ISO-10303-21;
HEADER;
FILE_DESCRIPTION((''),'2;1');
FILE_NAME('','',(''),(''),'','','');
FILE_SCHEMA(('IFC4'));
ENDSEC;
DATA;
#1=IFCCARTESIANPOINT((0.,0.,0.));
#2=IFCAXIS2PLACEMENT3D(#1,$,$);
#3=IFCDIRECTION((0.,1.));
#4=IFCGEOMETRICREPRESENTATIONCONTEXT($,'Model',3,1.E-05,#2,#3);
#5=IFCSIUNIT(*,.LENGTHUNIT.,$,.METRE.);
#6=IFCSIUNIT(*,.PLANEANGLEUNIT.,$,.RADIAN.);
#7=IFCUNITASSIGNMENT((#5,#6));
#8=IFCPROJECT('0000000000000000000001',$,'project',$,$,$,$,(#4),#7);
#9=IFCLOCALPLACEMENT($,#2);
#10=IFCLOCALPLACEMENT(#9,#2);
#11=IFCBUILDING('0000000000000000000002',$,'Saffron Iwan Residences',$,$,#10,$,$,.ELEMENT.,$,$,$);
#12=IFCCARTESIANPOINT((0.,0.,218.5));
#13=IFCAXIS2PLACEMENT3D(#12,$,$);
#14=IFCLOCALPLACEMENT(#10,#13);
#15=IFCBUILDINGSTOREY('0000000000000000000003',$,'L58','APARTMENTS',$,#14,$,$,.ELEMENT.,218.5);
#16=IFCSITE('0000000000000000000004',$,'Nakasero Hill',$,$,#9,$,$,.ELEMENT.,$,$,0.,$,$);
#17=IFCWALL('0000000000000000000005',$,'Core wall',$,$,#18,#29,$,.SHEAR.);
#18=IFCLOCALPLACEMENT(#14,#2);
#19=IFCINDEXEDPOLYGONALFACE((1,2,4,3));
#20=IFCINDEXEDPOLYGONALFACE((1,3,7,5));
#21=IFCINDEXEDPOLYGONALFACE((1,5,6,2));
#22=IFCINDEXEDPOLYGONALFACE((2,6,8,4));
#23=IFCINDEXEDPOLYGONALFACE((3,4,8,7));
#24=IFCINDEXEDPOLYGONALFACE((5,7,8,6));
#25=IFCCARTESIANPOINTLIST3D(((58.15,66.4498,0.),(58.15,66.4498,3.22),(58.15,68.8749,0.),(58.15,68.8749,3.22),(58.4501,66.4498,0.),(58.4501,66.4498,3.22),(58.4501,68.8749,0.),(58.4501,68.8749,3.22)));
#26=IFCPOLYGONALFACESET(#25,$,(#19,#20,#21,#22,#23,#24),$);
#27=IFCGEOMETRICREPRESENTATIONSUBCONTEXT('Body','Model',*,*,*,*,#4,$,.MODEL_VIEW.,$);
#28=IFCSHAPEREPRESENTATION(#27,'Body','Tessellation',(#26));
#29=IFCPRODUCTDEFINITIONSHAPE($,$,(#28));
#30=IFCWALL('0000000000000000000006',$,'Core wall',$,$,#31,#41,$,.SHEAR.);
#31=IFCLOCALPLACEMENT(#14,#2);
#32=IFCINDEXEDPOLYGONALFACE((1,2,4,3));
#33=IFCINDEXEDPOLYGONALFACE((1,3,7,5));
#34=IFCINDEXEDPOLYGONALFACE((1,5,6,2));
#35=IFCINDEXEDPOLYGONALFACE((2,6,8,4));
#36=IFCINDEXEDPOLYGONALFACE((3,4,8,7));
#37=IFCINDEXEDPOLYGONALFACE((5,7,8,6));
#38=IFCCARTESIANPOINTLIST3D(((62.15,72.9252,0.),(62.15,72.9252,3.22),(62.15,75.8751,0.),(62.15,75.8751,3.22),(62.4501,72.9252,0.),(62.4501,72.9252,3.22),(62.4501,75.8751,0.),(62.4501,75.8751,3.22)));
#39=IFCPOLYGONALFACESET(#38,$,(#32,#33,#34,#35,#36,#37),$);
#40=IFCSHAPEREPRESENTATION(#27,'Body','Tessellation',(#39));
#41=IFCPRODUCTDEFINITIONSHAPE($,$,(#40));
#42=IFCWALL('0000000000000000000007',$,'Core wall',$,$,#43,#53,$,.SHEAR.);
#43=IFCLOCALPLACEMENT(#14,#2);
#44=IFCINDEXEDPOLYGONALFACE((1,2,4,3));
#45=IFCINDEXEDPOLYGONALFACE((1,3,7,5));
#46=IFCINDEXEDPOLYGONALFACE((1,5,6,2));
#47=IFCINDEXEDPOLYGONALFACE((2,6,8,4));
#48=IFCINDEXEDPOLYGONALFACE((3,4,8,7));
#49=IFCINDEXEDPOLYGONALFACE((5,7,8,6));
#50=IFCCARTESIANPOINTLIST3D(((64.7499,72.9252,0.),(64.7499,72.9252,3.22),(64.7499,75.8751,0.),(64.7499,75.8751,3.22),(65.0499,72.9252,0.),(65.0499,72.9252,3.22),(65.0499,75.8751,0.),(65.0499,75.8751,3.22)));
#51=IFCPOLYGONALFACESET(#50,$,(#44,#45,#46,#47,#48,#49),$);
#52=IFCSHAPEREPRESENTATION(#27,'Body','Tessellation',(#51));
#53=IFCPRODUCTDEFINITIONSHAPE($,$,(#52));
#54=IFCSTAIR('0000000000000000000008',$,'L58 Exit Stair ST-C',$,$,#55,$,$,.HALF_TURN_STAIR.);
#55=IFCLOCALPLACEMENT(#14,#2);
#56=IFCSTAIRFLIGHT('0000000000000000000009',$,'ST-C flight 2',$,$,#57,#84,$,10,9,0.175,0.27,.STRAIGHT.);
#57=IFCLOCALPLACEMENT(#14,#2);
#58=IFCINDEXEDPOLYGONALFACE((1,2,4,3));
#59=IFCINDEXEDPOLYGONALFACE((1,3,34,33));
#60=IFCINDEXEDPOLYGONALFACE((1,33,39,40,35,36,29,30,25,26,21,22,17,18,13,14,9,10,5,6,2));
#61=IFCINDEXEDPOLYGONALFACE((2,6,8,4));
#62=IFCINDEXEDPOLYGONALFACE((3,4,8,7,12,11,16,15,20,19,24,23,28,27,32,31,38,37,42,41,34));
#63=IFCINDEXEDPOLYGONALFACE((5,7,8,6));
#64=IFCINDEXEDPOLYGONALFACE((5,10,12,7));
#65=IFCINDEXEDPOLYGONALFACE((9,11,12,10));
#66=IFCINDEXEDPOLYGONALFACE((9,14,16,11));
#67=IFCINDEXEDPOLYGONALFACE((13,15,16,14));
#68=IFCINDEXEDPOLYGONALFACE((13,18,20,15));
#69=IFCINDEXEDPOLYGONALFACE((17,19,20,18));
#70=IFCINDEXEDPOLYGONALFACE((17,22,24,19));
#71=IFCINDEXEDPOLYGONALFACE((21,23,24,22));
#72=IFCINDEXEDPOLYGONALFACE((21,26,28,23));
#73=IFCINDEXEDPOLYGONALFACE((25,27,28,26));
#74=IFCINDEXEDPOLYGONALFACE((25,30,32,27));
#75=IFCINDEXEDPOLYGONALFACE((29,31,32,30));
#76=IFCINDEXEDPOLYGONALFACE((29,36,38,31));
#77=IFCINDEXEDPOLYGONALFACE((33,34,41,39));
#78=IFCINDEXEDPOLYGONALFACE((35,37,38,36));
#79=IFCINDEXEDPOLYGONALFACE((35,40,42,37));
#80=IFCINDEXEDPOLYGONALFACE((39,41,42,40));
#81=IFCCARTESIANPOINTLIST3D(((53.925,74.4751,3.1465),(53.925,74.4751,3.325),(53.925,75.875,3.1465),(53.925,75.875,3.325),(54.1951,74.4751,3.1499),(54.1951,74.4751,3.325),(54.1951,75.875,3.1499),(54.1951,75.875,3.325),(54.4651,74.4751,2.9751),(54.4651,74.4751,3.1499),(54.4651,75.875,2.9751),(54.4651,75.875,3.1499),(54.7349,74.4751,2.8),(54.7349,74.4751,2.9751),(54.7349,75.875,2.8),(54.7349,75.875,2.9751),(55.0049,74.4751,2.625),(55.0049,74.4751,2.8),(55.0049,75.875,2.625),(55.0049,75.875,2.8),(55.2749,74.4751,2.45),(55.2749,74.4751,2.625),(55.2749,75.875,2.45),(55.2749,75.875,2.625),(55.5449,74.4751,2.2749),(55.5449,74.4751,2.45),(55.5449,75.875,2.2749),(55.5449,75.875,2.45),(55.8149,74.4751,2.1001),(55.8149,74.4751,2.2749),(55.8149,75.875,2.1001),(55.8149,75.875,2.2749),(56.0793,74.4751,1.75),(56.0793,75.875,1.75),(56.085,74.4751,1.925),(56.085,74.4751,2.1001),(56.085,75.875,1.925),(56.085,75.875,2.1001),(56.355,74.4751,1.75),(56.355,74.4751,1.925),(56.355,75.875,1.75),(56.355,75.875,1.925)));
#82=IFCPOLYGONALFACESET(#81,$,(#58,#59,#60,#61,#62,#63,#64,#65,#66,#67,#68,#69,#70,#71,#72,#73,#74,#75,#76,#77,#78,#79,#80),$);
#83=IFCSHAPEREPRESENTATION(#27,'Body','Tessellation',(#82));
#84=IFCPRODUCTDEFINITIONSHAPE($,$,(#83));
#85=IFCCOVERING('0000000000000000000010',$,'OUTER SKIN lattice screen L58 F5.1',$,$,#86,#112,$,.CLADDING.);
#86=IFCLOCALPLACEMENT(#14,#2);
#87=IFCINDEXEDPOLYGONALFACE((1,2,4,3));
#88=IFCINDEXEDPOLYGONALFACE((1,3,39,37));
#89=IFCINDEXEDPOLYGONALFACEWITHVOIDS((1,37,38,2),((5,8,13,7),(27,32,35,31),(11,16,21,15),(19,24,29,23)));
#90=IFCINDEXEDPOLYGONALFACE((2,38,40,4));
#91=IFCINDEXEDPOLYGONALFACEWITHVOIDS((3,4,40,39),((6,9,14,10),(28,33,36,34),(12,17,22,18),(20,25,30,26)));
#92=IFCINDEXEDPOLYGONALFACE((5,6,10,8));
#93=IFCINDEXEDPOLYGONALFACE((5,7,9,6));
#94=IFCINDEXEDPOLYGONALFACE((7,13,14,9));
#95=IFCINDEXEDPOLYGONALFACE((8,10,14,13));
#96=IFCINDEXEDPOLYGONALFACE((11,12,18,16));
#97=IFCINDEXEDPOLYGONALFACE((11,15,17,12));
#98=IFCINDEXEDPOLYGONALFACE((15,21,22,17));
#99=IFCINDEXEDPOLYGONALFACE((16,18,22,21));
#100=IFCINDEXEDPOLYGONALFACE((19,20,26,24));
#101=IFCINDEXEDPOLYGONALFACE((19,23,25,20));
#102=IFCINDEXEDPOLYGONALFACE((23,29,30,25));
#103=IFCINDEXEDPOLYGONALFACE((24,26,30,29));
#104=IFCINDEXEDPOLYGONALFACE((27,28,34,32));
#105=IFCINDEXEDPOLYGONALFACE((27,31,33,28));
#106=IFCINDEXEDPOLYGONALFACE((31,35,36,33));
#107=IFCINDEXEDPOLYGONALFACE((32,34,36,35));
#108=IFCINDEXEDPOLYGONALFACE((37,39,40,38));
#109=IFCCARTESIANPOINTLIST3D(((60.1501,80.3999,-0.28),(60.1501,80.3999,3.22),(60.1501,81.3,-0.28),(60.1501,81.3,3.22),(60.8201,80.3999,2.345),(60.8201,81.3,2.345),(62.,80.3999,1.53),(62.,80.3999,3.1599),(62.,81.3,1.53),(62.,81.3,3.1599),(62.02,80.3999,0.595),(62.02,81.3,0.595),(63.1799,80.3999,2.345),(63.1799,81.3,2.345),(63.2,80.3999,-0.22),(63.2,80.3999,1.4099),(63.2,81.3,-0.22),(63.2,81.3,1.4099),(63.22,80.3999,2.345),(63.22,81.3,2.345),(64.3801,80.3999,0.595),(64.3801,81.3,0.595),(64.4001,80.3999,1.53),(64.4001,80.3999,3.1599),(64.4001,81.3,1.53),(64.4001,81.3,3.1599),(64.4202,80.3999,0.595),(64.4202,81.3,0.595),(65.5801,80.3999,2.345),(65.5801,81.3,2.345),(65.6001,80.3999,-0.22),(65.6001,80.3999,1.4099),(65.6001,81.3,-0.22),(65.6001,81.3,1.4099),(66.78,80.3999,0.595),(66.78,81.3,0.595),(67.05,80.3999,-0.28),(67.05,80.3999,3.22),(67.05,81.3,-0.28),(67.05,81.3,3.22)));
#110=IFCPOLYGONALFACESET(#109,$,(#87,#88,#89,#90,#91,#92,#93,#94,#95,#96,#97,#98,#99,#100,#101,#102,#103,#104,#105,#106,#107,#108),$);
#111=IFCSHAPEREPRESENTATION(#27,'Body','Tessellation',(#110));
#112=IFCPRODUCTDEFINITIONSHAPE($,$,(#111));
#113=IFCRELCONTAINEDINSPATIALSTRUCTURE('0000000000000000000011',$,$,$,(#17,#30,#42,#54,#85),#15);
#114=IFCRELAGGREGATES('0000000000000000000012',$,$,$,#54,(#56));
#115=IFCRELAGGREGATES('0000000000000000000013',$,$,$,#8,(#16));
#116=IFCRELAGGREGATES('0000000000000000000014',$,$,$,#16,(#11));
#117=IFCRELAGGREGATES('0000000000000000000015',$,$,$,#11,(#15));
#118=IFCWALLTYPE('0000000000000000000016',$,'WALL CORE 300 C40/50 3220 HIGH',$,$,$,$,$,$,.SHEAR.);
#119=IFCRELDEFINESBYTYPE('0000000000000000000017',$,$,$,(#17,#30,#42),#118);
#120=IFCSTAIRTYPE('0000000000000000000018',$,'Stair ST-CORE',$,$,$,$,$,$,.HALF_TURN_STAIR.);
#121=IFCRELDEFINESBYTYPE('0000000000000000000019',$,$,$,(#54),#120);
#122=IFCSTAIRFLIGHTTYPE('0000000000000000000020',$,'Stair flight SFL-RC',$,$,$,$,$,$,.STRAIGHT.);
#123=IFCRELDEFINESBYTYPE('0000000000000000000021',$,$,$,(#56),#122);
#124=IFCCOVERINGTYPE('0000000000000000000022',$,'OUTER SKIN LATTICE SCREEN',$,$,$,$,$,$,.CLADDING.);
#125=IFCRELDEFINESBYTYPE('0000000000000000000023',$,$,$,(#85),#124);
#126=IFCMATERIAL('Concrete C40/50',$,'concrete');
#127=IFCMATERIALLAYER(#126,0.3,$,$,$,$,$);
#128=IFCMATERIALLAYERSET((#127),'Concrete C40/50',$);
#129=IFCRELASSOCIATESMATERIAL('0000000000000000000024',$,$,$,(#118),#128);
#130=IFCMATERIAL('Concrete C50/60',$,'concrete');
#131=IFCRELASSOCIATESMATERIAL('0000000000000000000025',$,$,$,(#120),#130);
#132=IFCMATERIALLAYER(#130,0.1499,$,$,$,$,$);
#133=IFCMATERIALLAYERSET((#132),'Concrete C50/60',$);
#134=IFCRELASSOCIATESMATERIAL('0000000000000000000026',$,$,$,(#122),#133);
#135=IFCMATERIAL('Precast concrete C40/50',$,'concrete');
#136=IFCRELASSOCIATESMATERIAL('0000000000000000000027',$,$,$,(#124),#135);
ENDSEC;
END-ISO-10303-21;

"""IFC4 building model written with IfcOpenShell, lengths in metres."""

from ifc_helpers import new_model, si_unit, direction, frame, frame_2d, origin, place, context, subcontext, project, spatial, polyline, rectangle, outline, extrude, material, layer, layer_set, type_object, element, aggregate, save


model = new_model("IFC4")

# Units and contexts
model_context = context("Model", 3, precision=1e-05, world=origin(), true_north=direction((0.0, 1.0)))
body_context = subcontext(model_context, "Body", "Model", "MODEL_VIEW")
ifc_project = project(units=[si_unit("LENGTHUNIT", "METRE"), si_unit("PLANEANGLEUNIT", "RADIAN")], contexts=[model_context])

# Site, building, storey
site_placement = place(None, origin())
site = spatial("IfcSite", under=ifc_project, at=site_placement, Name="Nakasero Hill", CompositionType="ELEMENT", RefElevation=0.0)
building_placement = place(site_placement, origin())
building = spatial("IfcBuilding", under=site, at=building_placement, Name="Saffron Iwan Residences", CompositionType="ELEMENT")
storey_placement = place(building_placement, frame((0.0, 0.0, 218.5)))
storey = spatial("IfcBuildingStorey", under=building, at=storey_placement, Name="L58", Description="APARTMENTS", CompositionType="ELEMENT", Elevation=218.5)

# Shared definitions
ifc_material_1 = material(Name="Concrete C40/50", Category="concrete")

# Shared definitions
ifc_layer_1 = layer(ifc_material_1, 0.3)
ifc_layer_set_1 = layer_set([ifc_layer_1], Name="Concrete C40/50")
wall_type_1 = type_object("IfcWallType", Name="WALL CORE 300 C40/50 3220 HIGH", PredefinedType="SHEAR", material=ifc_layer_set_1)

# Walls
wall_1_placement = place(storey_placement, frame((58.3, 66.45, 0.0), z_axis=(0.0, 0.0, 1.0), x_axis=(0.0, 1.0, 0.0)))
element("IfcWall", 1, at=wall_1_placement, inside=storey, type_object=wall_type_1, Name="Core wall", PredefinedType="SHEAR", context=body_context, shape_type="SweptSolid", body=[
    extrude(rectangle(XDim=2.425, YDim=0.3, at=frame_2d((1.2124, 0.0))), origin(), (0.0, 0.0, 1.0), 3.22),
])
for number, where, z_axis, x_axis, name in (
    (2, (62.3, 72.925, 0.0), (0.0, 0.0, 1.0), (0.0, 1.0, 0.0), "Core wall"),
    (3, (64.8999, 72.925, 0.0), (0.0, 0.0, 1.0), (0.0, 1.0, 0.0), "Core wall"),
):
    element("IfcWall", number, at=place(storey_placement, frame(where, z_axis=z_axis, x_axis=x_axis)), inside=storey, type_object=wall_type_1, Name=name, PredefinedType="SHEAR", context=body_context, shape_type="SweptSolid", body=[
        extrude(rectangle(XDim=2.95, YDim=0.3, at=frame_2d((1.4751, 0.0))), origin(), (0.0, 0.0, 1.0), 3.22),
    ])

# Stair, stair flight
ifc_material_2 = material(Name="Concrete C50/60", Category="concrete")
stair_type = type_object("IfcStairType", Name="Stair ST-CORE", PredefinedType="HALF_TURN_STAIR", material=ifc_material_2)
stair_placement = place(storey_placement, origin())
stair = element("IfcStair", 4, at=stair_placement, inside=storey, type_object=stair_type, Name="L58 Exit Stair ST-C", PredefinedType="HALF_TURN_STAIR")
ifc_layer_2 = layer(ifc_material_2, 0.1499)
ifc_layer_set_2 = layer_set([ifc_layer_2], Name="Concrete C50/60")
stair_flight_type = type_object("IfcStairFlightType", Name="Stair flight SFL-RC", PredefinedType="STRAIGHT", material=ifc_layer_set_2)
stair_flight_placement = place(storey_placement, frame((56.355, 75.175, 1.75), z_axis=(0.0, 0.0, 1.0), x_axis=(-1.0, 0.0, 0.0)))
stair_flight = element("IfcStairFlight", 5, at=stair_flight_placement, type_object=stair_flight_type, Name="ST-C flight 2", NumberOfRisers=10, NumberOfTreads=9, PredefinedType="STRAIGHT", RiserHeight=0.175, TreadLength=0.27, context=body_context, shape_type="SweptSolid", body=[
    extrude(outline(polyline([(0.0, 0.0), (0.0, 0.175), (0.27, 0.175), (0.27, 0.3501), (0.54, 0.3501), (0.54, 0.5249), (0.8101, 0.5249), (0.8101, 0.7), (1.0801, 0.7), (1.0801, 0.875), (1.3501, 0.875), (1.3501, 1.05), (1.6201, 1.05), (1.6201, 1.2251), (1.8899, 1.2251), (1.8899, 1.3999), (2.1599, 1.3999), (2.1599, 1.575), (2.4299, 1.575), (2.4299, 1.75), (2.4299, 1.3965), (0.2756, 0.0), (0.0, 0.0)])), frame((0.0, 0.7, 0.0), z_axis=(0.0, -1.0, 0.0), x_axis=(1.0, 0.0, 0.0)), (0.0, 0.0, 1.0), 1.3999),
])
aggregate(stair, [stair_flight])

# Covering
ifc_material_3 = material(Name="Precast concrete C40/50", Category="concrete")
covering_type_1 = type_object("IfcCoveringType", Name="OUTER SKIN LATTICE SCREEN", PredefinedType="CLADDING", material=ifc_material_3)
covering_placement = place(storey_placement, frame((67.05, 80.3999, -0.28), z_axis=(0.0, 1.0, 0.0), x_axis=(-1.0, 0.0, 0.0)))
element("IfcCovering", 6, at=covering_placement, inside=storey, type_object=covering_type_1, Name="OUTER SKIN lattice screen L58 F5.1", PredefinedType="CLADDING", context=body_context, shape_type="SweptSolid", body=[
    extrude(outline(polyline([(0.0, 0.0), (6.8999, 0.0), (6.8999, 3.5), (0.0, 3.5), (0.0, 0.0)]), holes=[polyline([(0.27, 0.875), (1.45, 0.0601), (2.6299, 0.875), (1.45, 1.6899), (0.27, 0.875)]), polyline([(2.6699, 0.875), (3.8501, 0.0601), (5.03, 0.875), (3.8501, 1.6899), (2.6699, 0.875)]), polyline([(1.47, 2.625), (2.6499, 1.8101), (3.8301, 2.625), (2.6499, 3.4399), (1.47, 2.625)]), polyline([(3.8701, 2.625), (5.05, 1.8101), (6.23, 2.625), (5.05, 3.4399), (3.8701, 2.625)])]), origin(), (0.0, 0.0, 1.0), 0.9001),
])

save(model, "model.ifc")
